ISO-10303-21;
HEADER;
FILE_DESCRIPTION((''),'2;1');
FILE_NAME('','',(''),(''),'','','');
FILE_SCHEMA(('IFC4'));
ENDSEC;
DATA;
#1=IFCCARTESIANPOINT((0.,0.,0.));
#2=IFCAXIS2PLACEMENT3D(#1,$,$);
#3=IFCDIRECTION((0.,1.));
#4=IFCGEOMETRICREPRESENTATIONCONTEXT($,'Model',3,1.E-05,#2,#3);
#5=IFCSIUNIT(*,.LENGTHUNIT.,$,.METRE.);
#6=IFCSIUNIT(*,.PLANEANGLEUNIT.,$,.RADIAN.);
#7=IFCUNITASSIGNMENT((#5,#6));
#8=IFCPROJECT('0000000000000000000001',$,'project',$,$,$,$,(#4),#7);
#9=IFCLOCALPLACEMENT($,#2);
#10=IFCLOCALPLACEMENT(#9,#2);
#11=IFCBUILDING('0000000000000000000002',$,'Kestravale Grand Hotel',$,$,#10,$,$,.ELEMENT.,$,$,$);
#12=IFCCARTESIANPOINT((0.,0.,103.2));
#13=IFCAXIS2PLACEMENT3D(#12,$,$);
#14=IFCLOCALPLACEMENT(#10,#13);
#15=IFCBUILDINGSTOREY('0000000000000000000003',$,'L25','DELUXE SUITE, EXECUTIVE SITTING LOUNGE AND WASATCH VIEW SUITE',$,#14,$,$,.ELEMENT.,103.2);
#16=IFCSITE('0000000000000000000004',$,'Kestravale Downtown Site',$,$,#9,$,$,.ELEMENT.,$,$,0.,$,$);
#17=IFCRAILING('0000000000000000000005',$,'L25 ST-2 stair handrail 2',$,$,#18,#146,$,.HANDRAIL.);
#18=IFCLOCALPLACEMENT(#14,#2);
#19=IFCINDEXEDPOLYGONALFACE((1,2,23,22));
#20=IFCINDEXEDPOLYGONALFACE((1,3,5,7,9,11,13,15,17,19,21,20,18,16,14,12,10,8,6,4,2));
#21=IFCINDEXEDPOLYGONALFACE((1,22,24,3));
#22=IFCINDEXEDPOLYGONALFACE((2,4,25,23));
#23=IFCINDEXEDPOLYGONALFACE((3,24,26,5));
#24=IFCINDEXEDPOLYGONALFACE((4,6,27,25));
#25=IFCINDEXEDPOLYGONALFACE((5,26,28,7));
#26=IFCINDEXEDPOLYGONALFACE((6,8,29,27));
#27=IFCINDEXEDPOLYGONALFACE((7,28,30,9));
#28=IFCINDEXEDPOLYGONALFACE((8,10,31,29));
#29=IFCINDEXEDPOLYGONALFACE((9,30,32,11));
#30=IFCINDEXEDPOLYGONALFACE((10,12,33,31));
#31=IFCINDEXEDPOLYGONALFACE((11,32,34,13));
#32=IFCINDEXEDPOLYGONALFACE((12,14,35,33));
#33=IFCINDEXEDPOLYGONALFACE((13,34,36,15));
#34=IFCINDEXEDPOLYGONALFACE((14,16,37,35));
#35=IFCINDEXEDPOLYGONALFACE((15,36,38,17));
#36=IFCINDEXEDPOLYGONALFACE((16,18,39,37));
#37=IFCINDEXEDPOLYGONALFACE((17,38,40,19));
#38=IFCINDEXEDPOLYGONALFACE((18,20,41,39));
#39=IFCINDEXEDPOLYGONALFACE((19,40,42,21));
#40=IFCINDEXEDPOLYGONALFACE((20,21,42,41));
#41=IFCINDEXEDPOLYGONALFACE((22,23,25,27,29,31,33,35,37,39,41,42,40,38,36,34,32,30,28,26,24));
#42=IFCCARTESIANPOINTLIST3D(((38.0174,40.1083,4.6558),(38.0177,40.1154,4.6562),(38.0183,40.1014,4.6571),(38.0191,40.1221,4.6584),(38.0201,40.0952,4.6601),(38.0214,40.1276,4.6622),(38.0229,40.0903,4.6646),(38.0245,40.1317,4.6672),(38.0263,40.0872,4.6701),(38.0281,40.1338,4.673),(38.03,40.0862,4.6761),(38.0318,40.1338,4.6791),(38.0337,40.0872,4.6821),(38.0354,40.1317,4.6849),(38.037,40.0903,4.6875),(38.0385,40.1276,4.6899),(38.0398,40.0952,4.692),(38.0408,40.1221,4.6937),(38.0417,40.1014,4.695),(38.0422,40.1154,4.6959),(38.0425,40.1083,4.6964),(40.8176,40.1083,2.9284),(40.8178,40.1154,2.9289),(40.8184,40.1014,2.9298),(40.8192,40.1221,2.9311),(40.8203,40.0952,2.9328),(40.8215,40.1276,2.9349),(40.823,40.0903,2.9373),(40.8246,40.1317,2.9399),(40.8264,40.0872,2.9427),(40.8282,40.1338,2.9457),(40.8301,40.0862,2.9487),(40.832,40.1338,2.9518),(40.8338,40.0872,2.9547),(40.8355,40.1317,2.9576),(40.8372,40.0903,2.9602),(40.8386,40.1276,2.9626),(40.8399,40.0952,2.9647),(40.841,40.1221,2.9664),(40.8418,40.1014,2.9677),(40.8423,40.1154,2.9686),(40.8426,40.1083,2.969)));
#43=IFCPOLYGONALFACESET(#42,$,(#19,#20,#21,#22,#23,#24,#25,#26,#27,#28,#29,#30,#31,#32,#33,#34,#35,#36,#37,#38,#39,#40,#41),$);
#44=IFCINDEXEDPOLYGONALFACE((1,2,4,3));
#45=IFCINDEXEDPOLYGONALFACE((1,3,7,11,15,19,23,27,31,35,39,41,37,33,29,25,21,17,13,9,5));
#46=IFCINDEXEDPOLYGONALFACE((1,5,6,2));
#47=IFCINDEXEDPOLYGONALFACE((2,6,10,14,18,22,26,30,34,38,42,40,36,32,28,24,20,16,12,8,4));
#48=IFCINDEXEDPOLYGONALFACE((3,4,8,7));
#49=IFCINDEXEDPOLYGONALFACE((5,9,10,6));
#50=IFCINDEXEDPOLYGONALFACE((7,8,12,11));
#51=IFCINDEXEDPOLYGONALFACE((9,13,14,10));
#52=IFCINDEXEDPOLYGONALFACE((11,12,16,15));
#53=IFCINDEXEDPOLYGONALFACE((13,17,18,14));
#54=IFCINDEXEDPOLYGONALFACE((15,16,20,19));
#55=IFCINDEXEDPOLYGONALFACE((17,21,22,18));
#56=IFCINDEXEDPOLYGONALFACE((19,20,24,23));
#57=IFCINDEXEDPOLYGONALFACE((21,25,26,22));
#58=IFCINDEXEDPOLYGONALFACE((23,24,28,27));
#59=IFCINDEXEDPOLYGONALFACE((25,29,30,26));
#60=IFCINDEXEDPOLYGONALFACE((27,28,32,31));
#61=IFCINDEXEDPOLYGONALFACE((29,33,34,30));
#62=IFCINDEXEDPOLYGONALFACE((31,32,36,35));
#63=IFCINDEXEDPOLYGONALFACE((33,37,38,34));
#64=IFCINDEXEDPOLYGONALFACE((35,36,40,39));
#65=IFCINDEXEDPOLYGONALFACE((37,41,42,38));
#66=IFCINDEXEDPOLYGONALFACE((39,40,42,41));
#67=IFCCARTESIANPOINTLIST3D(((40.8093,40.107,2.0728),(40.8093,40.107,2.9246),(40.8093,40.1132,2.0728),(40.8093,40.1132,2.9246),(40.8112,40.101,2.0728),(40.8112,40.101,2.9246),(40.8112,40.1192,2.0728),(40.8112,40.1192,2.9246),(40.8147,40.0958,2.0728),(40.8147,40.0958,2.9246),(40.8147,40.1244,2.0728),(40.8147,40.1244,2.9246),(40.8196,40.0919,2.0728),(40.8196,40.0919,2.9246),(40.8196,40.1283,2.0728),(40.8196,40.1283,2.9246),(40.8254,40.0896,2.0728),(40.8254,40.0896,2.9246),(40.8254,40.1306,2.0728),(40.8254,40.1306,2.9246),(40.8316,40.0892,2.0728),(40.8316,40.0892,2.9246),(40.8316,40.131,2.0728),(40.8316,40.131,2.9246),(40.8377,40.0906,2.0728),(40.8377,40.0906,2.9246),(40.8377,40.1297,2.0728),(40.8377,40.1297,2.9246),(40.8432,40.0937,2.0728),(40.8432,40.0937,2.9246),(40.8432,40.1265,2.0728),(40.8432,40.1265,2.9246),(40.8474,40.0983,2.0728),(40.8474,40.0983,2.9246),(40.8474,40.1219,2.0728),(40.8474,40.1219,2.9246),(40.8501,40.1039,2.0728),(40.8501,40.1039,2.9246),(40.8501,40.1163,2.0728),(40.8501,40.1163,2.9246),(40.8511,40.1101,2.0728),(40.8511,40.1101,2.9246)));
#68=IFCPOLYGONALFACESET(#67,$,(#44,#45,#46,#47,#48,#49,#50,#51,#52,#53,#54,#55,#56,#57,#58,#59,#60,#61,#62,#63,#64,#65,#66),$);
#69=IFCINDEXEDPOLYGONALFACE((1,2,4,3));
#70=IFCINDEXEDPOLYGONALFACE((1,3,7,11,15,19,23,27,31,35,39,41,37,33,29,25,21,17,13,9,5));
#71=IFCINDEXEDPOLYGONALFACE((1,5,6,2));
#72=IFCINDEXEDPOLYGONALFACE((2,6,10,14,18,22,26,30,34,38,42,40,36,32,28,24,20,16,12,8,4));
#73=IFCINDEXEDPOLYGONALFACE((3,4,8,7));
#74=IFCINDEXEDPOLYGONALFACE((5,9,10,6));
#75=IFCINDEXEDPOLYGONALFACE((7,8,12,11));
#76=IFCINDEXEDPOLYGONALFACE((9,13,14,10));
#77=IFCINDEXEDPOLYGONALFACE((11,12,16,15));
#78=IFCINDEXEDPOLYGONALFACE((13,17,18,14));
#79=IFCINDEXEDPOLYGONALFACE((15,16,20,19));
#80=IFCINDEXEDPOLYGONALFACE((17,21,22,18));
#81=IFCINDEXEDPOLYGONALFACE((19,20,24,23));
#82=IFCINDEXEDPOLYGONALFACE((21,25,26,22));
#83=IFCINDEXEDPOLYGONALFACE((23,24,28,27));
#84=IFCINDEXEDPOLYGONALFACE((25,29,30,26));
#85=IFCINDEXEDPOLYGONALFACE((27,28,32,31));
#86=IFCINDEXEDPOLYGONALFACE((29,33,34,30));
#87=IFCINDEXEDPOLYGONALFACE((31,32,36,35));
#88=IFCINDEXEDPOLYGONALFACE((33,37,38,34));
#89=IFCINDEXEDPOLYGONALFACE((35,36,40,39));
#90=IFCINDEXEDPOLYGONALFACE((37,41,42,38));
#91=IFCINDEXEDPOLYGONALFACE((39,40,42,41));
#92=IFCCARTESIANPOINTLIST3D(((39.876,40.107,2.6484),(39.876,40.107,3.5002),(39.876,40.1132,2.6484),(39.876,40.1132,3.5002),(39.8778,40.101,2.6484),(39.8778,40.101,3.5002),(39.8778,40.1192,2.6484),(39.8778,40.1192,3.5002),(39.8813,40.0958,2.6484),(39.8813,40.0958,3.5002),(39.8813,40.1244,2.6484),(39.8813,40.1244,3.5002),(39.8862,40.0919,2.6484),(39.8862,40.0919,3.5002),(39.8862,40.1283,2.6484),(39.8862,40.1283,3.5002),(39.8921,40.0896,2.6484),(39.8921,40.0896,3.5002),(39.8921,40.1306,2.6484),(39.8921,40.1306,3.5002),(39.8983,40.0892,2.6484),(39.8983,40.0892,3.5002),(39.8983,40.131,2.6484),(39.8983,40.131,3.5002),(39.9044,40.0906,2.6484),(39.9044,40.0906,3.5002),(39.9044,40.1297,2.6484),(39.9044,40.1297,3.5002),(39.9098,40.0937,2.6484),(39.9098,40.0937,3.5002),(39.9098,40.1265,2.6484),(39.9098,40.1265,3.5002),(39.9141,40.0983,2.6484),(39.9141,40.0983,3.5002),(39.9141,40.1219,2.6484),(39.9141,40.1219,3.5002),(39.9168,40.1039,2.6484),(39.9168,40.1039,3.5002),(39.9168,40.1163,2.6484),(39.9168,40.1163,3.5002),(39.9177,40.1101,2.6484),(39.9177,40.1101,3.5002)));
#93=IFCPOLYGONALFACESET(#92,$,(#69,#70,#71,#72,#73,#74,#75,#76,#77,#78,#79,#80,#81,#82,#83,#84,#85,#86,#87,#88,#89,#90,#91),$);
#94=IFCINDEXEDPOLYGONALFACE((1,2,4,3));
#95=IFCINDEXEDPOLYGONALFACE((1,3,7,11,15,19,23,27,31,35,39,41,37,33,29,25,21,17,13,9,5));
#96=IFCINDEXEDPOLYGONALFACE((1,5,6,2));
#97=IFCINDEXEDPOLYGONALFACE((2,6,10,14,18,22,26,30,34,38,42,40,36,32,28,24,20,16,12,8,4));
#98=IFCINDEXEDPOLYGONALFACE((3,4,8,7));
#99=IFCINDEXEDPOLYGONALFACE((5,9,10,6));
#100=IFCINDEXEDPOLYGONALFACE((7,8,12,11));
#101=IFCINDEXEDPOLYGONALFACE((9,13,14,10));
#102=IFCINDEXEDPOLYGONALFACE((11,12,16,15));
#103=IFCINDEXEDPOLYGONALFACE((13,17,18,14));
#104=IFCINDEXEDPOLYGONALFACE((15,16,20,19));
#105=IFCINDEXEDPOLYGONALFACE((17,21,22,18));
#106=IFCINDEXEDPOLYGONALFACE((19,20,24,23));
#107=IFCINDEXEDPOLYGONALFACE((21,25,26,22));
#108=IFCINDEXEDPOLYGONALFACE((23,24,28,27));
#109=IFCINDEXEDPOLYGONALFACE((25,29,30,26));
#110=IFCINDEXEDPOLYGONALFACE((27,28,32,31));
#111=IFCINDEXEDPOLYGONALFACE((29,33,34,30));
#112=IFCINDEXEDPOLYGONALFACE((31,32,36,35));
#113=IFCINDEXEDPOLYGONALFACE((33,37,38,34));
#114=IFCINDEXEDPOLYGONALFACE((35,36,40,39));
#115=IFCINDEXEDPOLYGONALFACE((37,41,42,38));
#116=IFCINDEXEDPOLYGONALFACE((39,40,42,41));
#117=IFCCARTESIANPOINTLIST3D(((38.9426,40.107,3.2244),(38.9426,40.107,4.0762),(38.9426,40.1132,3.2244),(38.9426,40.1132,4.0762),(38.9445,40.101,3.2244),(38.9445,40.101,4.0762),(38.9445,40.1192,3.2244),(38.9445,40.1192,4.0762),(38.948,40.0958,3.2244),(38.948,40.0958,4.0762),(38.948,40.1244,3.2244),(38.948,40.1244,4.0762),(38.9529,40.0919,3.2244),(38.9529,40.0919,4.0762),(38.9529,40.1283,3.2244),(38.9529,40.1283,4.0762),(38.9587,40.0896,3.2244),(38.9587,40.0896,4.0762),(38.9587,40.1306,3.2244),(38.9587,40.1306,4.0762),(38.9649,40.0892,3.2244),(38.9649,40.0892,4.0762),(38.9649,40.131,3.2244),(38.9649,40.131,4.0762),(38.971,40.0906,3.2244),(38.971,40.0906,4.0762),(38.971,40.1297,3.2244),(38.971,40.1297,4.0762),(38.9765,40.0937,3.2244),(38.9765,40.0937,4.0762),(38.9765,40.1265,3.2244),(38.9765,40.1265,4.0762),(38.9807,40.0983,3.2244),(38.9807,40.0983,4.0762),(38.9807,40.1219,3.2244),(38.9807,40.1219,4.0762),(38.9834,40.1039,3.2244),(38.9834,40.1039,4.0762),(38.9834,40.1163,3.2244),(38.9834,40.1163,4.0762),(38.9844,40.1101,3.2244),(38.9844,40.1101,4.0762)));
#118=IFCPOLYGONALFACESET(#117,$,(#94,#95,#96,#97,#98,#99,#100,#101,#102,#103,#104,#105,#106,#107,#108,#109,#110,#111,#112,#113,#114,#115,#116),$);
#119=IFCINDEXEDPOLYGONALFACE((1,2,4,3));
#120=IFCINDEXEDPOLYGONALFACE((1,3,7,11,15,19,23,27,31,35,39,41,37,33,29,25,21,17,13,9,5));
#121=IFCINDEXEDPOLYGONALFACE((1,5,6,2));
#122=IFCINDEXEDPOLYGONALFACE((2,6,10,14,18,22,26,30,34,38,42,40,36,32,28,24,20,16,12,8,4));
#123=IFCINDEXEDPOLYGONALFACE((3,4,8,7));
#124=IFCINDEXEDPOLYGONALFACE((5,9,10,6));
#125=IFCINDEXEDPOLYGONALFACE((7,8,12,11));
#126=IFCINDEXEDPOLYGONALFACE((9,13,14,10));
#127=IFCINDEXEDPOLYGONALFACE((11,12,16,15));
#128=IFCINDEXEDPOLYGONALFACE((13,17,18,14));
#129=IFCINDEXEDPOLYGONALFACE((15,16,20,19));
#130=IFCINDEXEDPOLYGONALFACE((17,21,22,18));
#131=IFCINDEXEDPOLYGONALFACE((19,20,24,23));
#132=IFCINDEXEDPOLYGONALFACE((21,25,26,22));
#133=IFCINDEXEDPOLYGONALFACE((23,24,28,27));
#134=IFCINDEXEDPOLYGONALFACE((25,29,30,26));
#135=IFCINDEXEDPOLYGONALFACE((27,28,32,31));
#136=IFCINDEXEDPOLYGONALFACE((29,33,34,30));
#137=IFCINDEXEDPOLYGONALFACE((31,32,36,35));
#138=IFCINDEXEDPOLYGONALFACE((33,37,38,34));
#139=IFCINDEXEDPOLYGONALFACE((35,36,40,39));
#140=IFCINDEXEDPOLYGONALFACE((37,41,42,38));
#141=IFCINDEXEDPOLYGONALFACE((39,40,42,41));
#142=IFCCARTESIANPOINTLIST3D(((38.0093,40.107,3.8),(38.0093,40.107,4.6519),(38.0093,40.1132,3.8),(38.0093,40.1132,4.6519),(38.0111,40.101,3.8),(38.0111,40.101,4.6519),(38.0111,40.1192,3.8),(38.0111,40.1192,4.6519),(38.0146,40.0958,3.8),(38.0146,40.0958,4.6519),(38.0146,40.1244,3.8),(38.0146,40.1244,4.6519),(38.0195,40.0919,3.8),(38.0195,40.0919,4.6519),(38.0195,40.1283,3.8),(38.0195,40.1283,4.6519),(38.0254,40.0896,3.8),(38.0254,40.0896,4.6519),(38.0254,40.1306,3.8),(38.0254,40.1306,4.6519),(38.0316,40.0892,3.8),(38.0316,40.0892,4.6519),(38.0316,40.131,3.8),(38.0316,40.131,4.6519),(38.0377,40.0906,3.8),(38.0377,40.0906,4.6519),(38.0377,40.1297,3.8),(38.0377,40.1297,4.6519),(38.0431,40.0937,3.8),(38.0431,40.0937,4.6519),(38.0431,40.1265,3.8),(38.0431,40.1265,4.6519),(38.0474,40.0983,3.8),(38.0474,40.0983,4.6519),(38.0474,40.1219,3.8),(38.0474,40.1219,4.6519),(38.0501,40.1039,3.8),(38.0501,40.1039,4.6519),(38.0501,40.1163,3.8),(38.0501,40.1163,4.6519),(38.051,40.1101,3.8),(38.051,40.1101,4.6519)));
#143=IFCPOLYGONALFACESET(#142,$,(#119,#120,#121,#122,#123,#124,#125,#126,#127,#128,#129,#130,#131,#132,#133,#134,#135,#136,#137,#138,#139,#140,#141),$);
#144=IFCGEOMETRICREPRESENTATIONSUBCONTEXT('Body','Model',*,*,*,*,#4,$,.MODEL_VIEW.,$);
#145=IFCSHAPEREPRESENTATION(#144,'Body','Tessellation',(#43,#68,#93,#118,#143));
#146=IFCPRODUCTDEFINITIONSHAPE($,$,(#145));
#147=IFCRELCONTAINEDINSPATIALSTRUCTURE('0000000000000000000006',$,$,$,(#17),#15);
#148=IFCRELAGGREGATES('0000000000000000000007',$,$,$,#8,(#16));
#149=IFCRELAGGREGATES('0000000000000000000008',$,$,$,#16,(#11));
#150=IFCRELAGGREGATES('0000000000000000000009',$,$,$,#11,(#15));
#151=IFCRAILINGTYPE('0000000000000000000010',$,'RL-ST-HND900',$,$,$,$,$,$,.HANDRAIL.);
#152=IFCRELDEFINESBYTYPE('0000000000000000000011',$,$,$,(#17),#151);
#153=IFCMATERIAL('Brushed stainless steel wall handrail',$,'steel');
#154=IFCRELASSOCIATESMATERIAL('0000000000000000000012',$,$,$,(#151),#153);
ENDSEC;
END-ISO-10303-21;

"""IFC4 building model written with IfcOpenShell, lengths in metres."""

from ifc_helpers import new_model, si_unit, direction, frame, origin, origin_2d, place, context, subcontext, project, spatial, circle, extrude, material, type_object, element, save


model = new_model("IFC4")

# Units and contexts
model_context = context("Model", 3, precision=1e-05, world=origin(), true_north=direction((0.0, 1.0)))
body_context = subcontext(model_context, "Body", "Model", "MODEL_VIEW")
ifc_project = project(units=[si_unit("LENGTHUNIT", "METRE"), si_unit("PLANEANGLEUNIT", "RADIAN")], contexts=[model_context])

# Site, building, storey
site_placement = place(None, origin())
site = spatial("IfcSite", under=ifc_project, at=site_placement, Name="Kestravale Downtown Site", CompositionType="ELEMENT", RefElevation=0.0)
building_placement = place(site_placement, origin())
building = spatial("IfcBuilding", under=site, at=building_placement, Name="Kestravale Grand Hotel", CompositionType="ELEMENT")
storey_placement = place(building_placement, frame((0.0, 0.0, 103.2)))
storey = spatial("IfcBuildingStorey", under=building, at=storey_placement, Name="L25", Description="DELUXE SUITE, EXECUTIVE SITTING LOUNGE AND WASATCH VIEW SUITE", CompositionType="ELEMENT", Elevation=103.2)

# Railing
ifc_material_1 = material(Name="Brushed stainless steel wall handrail", Category="steel")
railing_type_1 = type_object("IfcRailingType", Name="RL-ST-HND900", PredefinedType="HANDRAIL", material=ifc_material_1)
railing_1_placement = place(storey_placement, frame((40.8301, 40.1101, 2.0728)))
element("IfcRailing", 1, at=railing_1_placement, inside=storey, type_object=railing_type_1, Name="L25 ST-2 stair handrail 2", PredefinedType="HANDRAIL", context=body_context, shape_type="SweptSolid", body=[
    extrude(circle(Radius=0.0239, at=origin_2d()), frame((0.0, 0.0, 0.876), z_axis=(-0.85109, 0.0, 0.52502), x_axis=(0.0, -1.0, 0.0)), (0.0, 0.0, 1.0), 3.29),
    extrude(circle(Radius=0.021, at=origin_2d()), origin(), (0.0, 0.0, 1.0), 0.8518),
    extrude(circle(Radius=0.021, at=origin_2d()), frame((-0.9333, 0.0, 0.5757)), (0.0, 0.0, 1.0), 0.8518),
    extrude(circle(Radius=0.021, at=origin_2d()), frame((-1.8667, 0.0, 1.1516)), (0.0, 0.0, 1.0), 0.8518),
    extrude(circle(Radius=0.021, at=origin_2d()), frame((-2.8, 0.0, 1.7273)), (0.0, 0.0, 1.0), 0.8518),
])

save(model, "model.ifc")
